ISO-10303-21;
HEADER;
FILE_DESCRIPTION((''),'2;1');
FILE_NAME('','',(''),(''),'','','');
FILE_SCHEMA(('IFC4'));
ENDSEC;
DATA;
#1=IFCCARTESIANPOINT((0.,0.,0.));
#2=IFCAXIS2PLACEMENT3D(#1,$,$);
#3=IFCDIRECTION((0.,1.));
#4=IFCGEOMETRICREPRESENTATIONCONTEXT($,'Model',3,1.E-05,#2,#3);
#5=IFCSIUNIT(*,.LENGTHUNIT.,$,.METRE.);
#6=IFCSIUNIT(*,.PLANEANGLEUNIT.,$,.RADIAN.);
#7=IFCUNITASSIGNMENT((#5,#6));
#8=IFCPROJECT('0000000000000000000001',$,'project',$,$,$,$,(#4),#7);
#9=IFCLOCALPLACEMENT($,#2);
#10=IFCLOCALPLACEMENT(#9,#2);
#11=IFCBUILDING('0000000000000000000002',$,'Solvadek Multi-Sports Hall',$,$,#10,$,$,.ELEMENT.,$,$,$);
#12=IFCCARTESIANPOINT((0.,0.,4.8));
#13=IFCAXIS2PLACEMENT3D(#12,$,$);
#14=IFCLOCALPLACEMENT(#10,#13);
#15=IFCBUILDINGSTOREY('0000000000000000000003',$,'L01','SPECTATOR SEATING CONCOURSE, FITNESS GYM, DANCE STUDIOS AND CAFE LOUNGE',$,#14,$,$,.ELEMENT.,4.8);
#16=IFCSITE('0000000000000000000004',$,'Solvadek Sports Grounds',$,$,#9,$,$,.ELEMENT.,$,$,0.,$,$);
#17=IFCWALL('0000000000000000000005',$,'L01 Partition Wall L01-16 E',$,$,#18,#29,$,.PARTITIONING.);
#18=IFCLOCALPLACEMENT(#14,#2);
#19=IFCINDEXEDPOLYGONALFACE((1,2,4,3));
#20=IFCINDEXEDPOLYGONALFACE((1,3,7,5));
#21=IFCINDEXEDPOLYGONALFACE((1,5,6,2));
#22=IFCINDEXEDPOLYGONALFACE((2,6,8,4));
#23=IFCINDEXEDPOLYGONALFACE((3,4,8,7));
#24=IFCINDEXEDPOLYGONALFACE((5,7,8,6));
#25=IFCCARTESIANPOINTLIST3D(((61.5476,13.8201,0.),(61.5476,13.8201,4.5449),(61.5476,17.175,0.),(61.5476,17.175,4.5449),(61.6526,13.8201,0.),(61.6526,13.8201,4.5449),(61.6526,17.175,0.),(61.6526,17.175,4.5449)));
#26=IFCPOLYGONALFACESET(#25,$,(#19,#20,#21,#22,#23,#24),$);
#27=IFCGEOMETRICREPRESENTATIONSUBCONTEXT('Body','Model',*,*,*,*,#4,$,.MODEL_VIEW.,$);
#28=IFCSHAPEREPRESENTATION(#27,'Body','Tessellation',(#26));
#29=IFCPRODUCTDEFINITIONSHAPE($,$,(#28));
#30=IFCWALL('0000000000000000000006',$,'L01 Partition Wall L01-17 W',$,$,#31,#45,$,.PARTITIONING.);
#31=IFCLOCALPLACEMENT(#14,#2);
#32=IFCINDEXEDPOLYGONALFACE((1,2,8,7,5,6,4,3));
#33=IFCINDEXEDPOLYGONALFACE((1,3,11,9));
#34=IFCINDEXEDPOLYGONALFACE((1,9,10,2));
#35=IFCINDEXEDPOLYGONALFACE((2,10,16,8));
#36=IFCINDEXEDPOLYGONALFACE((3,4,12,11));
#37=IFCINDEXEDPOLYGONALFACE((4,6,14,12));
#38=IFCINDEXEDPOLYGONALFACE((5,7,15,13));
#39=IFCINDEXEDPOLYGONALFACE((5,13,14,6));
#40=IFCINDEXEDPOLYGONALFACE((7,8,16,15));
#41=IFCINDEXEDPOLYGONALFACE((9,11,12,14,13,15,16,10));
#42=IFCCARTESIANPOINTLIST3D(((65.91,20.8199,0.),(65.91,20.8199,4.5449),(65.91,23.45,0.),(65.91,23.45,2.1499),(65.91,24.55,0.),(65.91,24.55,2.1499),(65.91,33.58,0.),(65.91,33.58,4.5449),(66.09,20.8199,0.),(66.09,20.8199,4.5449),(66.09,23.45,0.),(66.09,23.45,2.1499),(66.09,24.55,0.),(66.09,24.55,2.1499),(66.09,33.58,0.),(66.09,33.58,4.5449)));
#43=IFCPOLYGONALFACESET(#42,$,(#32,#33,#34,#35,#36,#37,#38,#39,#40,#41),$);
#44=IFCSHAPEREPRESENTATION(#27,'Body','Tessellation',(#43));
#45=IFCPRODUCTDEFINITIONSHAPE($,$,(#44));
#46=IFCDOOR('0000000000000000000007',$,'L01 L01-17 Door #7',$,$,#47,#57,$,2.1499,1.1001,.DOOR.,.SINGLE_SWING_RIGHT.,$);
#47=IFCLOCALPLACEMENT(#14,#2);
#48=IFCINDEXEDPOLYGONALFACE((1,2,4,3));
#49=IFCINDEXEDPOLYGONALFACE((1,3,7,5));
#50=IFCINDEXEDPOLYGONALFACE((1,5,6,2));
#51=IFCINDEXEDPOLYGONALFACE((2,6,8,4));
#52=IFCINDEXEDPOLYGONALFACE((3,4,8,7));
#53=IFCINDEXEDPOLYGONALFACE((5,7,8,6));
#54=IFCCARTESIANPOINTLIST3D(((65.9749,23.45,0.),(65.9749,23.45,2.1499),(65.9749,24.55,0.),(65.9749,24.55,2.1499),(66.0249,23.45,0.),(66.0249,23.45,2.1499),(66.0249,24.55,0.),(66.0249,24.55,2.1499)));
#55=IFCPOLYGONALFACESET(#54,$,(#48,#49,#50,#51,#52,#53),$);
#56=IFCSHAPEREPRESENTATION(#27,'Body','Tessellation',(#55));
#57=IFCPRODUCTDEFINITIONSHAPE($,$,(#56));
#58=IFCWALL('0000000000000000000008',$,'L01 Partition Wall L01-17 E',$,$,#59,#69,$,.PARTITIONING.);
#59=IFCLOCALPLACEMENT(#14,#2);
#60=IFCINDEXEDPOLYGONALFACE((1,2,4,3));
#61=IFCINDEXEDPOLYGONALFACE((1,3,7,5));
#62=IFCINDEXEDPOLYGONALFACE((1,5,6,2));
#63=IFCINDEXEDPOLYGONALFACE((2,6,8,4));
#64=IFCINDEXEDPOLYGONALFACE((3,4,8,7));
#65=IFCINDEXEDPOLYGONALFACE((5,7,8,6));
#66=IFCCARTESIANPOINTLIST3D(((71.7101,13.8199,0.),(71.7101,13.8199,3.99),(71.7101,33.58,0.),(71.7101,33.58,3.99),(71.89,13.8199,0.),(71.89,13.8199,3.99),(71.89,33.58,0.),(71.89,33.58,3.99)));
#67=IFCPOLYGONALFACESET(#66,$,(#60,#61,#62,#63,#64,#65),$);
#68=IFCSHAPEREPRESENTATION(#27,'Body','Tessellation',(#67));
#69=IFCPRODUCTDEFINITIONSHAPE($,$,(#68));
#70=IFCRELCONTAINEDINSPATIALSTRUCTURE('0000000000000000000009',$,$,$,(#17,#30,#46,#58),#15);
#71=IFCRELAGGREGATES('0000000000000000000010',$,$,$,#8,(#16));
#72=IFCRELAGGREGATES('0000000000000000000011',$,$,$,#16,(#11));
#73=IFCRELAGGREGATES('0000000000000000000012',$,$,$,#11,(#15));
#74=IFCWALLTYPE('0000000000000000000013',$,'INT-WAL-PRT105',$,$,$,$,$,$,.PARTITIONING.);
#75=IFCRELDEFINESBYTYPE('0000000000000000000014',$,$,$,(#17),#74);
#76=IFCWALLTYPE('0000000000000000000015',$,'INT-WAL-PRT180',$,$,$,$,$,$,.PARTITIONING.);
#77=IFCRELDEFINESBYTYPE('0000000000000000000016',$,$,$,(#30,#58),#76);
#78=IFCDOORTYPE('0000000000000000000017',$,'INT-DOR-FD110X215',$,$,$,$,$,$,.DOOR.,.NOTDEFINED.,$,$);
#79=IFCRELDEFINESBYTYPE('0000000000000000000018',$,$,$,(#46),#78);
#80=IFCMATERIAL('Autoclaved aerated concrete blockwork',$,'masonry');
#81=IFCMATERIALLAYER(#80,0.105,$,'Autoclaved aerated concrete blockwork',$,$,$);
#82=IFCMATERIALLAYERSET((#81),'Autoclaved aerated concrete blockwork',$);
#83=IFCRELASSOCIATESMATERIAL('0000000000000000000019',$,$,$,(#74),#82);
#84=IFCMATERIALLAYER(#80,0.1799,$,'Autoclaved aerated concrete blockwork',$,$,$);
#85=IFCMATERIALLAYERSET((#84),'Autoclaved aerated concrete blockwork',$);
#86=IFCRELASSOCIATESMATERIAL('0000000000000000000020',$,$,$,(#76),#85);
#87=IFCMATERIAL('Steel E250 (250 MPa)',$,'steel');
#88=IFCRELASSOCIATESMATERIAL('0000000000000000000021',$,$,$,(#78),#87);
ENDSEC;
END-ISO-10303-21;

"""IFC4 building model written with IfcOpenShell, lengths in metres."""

from ifc_helpers import new_model, si_unit, direction, frame, frame_2d, origin, place, context, subcontext, project, spatial, rectangle, extrude, material, layer, layer_set, type_object, element, fill, save


model = new_model("IFC4")

# Units and contexts
model_context = context("Model", 3, precision=1e-05, world=origin(), true_north=direction((0.0, 1.0)))
body_context = subcontext(model_context, "Body", "Model", "MODEL_VIEW")
ifc_project = project(units=[si_unit("LENGTHUNIT", "METRE"), si_unit("PLANEANGLEUNIT", "RADIAN")], contexts=[model_context])

# Site, building, storey
site_placement = place(None, origin())
site = spatial("IfcSite", under=ifc_project, at=site_placement, Name="Solvadek Sports Grounds", CompositionType="ELEMENT", RefElevation=0.0)
building_placement = place(site_placement, origin())
building = spatial("IfcBuilding", under=site, at=building_placement, Name="Solvadek Multi-Sports Hall", CompositionType="ELEMENT")
storey_placement = place(building_placement, frame((0.0, 0.0, 4.8)))
storey = spatial("IfcBuildingStorey", under=building, at=storey_placement, Name="L01", Description="SPECTATOR SEATING CONCOURSE, FITNESS GYM, DANCE STUDIOS AND CAFE LOUNGE", CompositionType="ELEMENT", Elevation=4.8)

# Shared definitions
ifc_material_1 = material(Name="Steel E250 (250 MPa)", Category="steel")

# Wall
ifc_material_2 = material(Name="Autoclaved aerated concrete blockwork", Category="masonry")
ifc_layer_1 = layer(ifc_material_2, 0.105, Name="Autoclaved aerated concrete blockwork")
ifc_layer_set_1 = layer_set([ifc_layer_1], Name="Autoclaved aerated concrete blockwork")
wall_type_1 = type_object("IfcWallType", Name="INT-WAL-PRT105", PredefinedType="PARTITIONING", material=ifc_layer_set_1)
wall_1_placement = place(storey_placement, frame((61.6001, 13.8201, 0.0), z_axis=(0.0, 0.0, 1.0), x_axis=(0.0, 1.0, 0.0)))
element("IfcWall", 1, at=wall_1_placement, inside=storey, type_object=wall_type_1, Name="L01 Partition Wall L01-16 E", PredefinedType="PARTITIONING", context=body_context, shape_type="SweptSolid", body=[
    extrude(rectangle(XDim=3.355, YDim=0.105, at=frame_2d((1.6775, 0.0))), origin(), (0.0, 0.0, 1.0), 4.5449),
])

# Wall, opening, door
ifc_layer_2 = layer(ifc_material_2, 0.1799, Name="Autoclaved aerated concrete blockwork")
ifc_layer_set_2 = layer_set([ifc_layer_2], Name="Autoclaved aerated concrete blockwork")
wall_type_2 = type_object("IfcWallType", Name="INT-WAL-PRT180", PredefinedType="PARTITIONING", material=ifc_layer_set_2)
wall_2_placement = place(storey_placement, frame((66.0, 20.8201, 0.0), z_axis=(0.0, 0.0, 1.0), x_axis=(0.0, 1.0, 0.0)))
wall_2 = element("IfcWall", 2, at=wall_2_placement, inside=storey, type_object=wall_type_2, Name="L01 Partition Wall L01-17 W", PredefinedType="PARTITIONING", context=body_context, shape_type="SweptSolid", body=[
    extrude(rectangle(XDim=12.76, YDim=0.1799, at=frame_2d((6.3799, 0.0))), origin(), (0.0, 0.0, 1.0), 4.5449),
])
opening_1_placement = place(wall_2_placement, frame((2.6299, 0.0, 0.0)))
opening_1 = element("IfcOpeningElement", 3, at=opening_1_placement, cuts=wall_2, PredefinedType="OPENING", context=body_context, shape_type="SweptSolid", body=[
    extrude(rectangle(XDim=1.1001, YDim=2.1499, at=frame_2d((0.55, 1.075))), frame((0.0, 0.0999, 0.0), z_axis=(0.0, -1.0, 0.0), x_axis=(1.0, 0.0, 0.0)), (0.0, 0.0, 1.0), 0.2),
])
door_type_1 = type_object("IfcDoorType", Name="INT-DOR-FD110X215", OperationType="NOTDEFINED", PredefinedType="DOOR", material=ifc_material_1)
door_1_placement = place(opening_1_placement, frame((1.1001, 0.0, 0.0), z_axis=(0.0, 0.0, 1.0), x_axis=(-1.0, 0.0, 0.0)))
door_1 = element("IfcDoor", 4, at=door_1_placement, inside=storey, type_object=door_type_1, Name="L01 L01-17 Door #7", OperationType="SINGLE_SWING_RIGHT", OverallHeight=2.1499, OverallWidth=1.1001, PredefinedType="DOOR", context=body_context, shape_type="SweptSolid", body=[
    extrude(rectangle(XDim=1.1001, YDim=2.1499, at=frame_2d((0.55, 1.075))), frame((0.0, 0.0249, 0.0), z_axis=(0.0, -1.0, 0.0), x_axis=(1.0, 0.0, 0.0)), (0.0, 0.0, 1.0), 0.05),
])
fill(opening_1, door_1)

# Wall
wall_3_placement = place(storey_placement, frame((71.8, 13.8201, 0.0), z_axis=(0.0, 0.0, 1.0), x_axis=(0.0, 1.0, 0.0)))
element("IfcWall", 5, at=wall_3_placement, inside=storey, type_object=wall_type_2, Name="L01 Partition Wall L01-17 E", PredefinedType="PARTITIONING", context=body_context, shape_type="SweptSolid", body=[
    extrude(rectangle(XDim=19.76, YDim=0.1799, at=frame_2d((9.8799, 0.0))), origin(), (0.0, 0.0, 1.0), 3.99),
])

save(model, "model.ifc")
